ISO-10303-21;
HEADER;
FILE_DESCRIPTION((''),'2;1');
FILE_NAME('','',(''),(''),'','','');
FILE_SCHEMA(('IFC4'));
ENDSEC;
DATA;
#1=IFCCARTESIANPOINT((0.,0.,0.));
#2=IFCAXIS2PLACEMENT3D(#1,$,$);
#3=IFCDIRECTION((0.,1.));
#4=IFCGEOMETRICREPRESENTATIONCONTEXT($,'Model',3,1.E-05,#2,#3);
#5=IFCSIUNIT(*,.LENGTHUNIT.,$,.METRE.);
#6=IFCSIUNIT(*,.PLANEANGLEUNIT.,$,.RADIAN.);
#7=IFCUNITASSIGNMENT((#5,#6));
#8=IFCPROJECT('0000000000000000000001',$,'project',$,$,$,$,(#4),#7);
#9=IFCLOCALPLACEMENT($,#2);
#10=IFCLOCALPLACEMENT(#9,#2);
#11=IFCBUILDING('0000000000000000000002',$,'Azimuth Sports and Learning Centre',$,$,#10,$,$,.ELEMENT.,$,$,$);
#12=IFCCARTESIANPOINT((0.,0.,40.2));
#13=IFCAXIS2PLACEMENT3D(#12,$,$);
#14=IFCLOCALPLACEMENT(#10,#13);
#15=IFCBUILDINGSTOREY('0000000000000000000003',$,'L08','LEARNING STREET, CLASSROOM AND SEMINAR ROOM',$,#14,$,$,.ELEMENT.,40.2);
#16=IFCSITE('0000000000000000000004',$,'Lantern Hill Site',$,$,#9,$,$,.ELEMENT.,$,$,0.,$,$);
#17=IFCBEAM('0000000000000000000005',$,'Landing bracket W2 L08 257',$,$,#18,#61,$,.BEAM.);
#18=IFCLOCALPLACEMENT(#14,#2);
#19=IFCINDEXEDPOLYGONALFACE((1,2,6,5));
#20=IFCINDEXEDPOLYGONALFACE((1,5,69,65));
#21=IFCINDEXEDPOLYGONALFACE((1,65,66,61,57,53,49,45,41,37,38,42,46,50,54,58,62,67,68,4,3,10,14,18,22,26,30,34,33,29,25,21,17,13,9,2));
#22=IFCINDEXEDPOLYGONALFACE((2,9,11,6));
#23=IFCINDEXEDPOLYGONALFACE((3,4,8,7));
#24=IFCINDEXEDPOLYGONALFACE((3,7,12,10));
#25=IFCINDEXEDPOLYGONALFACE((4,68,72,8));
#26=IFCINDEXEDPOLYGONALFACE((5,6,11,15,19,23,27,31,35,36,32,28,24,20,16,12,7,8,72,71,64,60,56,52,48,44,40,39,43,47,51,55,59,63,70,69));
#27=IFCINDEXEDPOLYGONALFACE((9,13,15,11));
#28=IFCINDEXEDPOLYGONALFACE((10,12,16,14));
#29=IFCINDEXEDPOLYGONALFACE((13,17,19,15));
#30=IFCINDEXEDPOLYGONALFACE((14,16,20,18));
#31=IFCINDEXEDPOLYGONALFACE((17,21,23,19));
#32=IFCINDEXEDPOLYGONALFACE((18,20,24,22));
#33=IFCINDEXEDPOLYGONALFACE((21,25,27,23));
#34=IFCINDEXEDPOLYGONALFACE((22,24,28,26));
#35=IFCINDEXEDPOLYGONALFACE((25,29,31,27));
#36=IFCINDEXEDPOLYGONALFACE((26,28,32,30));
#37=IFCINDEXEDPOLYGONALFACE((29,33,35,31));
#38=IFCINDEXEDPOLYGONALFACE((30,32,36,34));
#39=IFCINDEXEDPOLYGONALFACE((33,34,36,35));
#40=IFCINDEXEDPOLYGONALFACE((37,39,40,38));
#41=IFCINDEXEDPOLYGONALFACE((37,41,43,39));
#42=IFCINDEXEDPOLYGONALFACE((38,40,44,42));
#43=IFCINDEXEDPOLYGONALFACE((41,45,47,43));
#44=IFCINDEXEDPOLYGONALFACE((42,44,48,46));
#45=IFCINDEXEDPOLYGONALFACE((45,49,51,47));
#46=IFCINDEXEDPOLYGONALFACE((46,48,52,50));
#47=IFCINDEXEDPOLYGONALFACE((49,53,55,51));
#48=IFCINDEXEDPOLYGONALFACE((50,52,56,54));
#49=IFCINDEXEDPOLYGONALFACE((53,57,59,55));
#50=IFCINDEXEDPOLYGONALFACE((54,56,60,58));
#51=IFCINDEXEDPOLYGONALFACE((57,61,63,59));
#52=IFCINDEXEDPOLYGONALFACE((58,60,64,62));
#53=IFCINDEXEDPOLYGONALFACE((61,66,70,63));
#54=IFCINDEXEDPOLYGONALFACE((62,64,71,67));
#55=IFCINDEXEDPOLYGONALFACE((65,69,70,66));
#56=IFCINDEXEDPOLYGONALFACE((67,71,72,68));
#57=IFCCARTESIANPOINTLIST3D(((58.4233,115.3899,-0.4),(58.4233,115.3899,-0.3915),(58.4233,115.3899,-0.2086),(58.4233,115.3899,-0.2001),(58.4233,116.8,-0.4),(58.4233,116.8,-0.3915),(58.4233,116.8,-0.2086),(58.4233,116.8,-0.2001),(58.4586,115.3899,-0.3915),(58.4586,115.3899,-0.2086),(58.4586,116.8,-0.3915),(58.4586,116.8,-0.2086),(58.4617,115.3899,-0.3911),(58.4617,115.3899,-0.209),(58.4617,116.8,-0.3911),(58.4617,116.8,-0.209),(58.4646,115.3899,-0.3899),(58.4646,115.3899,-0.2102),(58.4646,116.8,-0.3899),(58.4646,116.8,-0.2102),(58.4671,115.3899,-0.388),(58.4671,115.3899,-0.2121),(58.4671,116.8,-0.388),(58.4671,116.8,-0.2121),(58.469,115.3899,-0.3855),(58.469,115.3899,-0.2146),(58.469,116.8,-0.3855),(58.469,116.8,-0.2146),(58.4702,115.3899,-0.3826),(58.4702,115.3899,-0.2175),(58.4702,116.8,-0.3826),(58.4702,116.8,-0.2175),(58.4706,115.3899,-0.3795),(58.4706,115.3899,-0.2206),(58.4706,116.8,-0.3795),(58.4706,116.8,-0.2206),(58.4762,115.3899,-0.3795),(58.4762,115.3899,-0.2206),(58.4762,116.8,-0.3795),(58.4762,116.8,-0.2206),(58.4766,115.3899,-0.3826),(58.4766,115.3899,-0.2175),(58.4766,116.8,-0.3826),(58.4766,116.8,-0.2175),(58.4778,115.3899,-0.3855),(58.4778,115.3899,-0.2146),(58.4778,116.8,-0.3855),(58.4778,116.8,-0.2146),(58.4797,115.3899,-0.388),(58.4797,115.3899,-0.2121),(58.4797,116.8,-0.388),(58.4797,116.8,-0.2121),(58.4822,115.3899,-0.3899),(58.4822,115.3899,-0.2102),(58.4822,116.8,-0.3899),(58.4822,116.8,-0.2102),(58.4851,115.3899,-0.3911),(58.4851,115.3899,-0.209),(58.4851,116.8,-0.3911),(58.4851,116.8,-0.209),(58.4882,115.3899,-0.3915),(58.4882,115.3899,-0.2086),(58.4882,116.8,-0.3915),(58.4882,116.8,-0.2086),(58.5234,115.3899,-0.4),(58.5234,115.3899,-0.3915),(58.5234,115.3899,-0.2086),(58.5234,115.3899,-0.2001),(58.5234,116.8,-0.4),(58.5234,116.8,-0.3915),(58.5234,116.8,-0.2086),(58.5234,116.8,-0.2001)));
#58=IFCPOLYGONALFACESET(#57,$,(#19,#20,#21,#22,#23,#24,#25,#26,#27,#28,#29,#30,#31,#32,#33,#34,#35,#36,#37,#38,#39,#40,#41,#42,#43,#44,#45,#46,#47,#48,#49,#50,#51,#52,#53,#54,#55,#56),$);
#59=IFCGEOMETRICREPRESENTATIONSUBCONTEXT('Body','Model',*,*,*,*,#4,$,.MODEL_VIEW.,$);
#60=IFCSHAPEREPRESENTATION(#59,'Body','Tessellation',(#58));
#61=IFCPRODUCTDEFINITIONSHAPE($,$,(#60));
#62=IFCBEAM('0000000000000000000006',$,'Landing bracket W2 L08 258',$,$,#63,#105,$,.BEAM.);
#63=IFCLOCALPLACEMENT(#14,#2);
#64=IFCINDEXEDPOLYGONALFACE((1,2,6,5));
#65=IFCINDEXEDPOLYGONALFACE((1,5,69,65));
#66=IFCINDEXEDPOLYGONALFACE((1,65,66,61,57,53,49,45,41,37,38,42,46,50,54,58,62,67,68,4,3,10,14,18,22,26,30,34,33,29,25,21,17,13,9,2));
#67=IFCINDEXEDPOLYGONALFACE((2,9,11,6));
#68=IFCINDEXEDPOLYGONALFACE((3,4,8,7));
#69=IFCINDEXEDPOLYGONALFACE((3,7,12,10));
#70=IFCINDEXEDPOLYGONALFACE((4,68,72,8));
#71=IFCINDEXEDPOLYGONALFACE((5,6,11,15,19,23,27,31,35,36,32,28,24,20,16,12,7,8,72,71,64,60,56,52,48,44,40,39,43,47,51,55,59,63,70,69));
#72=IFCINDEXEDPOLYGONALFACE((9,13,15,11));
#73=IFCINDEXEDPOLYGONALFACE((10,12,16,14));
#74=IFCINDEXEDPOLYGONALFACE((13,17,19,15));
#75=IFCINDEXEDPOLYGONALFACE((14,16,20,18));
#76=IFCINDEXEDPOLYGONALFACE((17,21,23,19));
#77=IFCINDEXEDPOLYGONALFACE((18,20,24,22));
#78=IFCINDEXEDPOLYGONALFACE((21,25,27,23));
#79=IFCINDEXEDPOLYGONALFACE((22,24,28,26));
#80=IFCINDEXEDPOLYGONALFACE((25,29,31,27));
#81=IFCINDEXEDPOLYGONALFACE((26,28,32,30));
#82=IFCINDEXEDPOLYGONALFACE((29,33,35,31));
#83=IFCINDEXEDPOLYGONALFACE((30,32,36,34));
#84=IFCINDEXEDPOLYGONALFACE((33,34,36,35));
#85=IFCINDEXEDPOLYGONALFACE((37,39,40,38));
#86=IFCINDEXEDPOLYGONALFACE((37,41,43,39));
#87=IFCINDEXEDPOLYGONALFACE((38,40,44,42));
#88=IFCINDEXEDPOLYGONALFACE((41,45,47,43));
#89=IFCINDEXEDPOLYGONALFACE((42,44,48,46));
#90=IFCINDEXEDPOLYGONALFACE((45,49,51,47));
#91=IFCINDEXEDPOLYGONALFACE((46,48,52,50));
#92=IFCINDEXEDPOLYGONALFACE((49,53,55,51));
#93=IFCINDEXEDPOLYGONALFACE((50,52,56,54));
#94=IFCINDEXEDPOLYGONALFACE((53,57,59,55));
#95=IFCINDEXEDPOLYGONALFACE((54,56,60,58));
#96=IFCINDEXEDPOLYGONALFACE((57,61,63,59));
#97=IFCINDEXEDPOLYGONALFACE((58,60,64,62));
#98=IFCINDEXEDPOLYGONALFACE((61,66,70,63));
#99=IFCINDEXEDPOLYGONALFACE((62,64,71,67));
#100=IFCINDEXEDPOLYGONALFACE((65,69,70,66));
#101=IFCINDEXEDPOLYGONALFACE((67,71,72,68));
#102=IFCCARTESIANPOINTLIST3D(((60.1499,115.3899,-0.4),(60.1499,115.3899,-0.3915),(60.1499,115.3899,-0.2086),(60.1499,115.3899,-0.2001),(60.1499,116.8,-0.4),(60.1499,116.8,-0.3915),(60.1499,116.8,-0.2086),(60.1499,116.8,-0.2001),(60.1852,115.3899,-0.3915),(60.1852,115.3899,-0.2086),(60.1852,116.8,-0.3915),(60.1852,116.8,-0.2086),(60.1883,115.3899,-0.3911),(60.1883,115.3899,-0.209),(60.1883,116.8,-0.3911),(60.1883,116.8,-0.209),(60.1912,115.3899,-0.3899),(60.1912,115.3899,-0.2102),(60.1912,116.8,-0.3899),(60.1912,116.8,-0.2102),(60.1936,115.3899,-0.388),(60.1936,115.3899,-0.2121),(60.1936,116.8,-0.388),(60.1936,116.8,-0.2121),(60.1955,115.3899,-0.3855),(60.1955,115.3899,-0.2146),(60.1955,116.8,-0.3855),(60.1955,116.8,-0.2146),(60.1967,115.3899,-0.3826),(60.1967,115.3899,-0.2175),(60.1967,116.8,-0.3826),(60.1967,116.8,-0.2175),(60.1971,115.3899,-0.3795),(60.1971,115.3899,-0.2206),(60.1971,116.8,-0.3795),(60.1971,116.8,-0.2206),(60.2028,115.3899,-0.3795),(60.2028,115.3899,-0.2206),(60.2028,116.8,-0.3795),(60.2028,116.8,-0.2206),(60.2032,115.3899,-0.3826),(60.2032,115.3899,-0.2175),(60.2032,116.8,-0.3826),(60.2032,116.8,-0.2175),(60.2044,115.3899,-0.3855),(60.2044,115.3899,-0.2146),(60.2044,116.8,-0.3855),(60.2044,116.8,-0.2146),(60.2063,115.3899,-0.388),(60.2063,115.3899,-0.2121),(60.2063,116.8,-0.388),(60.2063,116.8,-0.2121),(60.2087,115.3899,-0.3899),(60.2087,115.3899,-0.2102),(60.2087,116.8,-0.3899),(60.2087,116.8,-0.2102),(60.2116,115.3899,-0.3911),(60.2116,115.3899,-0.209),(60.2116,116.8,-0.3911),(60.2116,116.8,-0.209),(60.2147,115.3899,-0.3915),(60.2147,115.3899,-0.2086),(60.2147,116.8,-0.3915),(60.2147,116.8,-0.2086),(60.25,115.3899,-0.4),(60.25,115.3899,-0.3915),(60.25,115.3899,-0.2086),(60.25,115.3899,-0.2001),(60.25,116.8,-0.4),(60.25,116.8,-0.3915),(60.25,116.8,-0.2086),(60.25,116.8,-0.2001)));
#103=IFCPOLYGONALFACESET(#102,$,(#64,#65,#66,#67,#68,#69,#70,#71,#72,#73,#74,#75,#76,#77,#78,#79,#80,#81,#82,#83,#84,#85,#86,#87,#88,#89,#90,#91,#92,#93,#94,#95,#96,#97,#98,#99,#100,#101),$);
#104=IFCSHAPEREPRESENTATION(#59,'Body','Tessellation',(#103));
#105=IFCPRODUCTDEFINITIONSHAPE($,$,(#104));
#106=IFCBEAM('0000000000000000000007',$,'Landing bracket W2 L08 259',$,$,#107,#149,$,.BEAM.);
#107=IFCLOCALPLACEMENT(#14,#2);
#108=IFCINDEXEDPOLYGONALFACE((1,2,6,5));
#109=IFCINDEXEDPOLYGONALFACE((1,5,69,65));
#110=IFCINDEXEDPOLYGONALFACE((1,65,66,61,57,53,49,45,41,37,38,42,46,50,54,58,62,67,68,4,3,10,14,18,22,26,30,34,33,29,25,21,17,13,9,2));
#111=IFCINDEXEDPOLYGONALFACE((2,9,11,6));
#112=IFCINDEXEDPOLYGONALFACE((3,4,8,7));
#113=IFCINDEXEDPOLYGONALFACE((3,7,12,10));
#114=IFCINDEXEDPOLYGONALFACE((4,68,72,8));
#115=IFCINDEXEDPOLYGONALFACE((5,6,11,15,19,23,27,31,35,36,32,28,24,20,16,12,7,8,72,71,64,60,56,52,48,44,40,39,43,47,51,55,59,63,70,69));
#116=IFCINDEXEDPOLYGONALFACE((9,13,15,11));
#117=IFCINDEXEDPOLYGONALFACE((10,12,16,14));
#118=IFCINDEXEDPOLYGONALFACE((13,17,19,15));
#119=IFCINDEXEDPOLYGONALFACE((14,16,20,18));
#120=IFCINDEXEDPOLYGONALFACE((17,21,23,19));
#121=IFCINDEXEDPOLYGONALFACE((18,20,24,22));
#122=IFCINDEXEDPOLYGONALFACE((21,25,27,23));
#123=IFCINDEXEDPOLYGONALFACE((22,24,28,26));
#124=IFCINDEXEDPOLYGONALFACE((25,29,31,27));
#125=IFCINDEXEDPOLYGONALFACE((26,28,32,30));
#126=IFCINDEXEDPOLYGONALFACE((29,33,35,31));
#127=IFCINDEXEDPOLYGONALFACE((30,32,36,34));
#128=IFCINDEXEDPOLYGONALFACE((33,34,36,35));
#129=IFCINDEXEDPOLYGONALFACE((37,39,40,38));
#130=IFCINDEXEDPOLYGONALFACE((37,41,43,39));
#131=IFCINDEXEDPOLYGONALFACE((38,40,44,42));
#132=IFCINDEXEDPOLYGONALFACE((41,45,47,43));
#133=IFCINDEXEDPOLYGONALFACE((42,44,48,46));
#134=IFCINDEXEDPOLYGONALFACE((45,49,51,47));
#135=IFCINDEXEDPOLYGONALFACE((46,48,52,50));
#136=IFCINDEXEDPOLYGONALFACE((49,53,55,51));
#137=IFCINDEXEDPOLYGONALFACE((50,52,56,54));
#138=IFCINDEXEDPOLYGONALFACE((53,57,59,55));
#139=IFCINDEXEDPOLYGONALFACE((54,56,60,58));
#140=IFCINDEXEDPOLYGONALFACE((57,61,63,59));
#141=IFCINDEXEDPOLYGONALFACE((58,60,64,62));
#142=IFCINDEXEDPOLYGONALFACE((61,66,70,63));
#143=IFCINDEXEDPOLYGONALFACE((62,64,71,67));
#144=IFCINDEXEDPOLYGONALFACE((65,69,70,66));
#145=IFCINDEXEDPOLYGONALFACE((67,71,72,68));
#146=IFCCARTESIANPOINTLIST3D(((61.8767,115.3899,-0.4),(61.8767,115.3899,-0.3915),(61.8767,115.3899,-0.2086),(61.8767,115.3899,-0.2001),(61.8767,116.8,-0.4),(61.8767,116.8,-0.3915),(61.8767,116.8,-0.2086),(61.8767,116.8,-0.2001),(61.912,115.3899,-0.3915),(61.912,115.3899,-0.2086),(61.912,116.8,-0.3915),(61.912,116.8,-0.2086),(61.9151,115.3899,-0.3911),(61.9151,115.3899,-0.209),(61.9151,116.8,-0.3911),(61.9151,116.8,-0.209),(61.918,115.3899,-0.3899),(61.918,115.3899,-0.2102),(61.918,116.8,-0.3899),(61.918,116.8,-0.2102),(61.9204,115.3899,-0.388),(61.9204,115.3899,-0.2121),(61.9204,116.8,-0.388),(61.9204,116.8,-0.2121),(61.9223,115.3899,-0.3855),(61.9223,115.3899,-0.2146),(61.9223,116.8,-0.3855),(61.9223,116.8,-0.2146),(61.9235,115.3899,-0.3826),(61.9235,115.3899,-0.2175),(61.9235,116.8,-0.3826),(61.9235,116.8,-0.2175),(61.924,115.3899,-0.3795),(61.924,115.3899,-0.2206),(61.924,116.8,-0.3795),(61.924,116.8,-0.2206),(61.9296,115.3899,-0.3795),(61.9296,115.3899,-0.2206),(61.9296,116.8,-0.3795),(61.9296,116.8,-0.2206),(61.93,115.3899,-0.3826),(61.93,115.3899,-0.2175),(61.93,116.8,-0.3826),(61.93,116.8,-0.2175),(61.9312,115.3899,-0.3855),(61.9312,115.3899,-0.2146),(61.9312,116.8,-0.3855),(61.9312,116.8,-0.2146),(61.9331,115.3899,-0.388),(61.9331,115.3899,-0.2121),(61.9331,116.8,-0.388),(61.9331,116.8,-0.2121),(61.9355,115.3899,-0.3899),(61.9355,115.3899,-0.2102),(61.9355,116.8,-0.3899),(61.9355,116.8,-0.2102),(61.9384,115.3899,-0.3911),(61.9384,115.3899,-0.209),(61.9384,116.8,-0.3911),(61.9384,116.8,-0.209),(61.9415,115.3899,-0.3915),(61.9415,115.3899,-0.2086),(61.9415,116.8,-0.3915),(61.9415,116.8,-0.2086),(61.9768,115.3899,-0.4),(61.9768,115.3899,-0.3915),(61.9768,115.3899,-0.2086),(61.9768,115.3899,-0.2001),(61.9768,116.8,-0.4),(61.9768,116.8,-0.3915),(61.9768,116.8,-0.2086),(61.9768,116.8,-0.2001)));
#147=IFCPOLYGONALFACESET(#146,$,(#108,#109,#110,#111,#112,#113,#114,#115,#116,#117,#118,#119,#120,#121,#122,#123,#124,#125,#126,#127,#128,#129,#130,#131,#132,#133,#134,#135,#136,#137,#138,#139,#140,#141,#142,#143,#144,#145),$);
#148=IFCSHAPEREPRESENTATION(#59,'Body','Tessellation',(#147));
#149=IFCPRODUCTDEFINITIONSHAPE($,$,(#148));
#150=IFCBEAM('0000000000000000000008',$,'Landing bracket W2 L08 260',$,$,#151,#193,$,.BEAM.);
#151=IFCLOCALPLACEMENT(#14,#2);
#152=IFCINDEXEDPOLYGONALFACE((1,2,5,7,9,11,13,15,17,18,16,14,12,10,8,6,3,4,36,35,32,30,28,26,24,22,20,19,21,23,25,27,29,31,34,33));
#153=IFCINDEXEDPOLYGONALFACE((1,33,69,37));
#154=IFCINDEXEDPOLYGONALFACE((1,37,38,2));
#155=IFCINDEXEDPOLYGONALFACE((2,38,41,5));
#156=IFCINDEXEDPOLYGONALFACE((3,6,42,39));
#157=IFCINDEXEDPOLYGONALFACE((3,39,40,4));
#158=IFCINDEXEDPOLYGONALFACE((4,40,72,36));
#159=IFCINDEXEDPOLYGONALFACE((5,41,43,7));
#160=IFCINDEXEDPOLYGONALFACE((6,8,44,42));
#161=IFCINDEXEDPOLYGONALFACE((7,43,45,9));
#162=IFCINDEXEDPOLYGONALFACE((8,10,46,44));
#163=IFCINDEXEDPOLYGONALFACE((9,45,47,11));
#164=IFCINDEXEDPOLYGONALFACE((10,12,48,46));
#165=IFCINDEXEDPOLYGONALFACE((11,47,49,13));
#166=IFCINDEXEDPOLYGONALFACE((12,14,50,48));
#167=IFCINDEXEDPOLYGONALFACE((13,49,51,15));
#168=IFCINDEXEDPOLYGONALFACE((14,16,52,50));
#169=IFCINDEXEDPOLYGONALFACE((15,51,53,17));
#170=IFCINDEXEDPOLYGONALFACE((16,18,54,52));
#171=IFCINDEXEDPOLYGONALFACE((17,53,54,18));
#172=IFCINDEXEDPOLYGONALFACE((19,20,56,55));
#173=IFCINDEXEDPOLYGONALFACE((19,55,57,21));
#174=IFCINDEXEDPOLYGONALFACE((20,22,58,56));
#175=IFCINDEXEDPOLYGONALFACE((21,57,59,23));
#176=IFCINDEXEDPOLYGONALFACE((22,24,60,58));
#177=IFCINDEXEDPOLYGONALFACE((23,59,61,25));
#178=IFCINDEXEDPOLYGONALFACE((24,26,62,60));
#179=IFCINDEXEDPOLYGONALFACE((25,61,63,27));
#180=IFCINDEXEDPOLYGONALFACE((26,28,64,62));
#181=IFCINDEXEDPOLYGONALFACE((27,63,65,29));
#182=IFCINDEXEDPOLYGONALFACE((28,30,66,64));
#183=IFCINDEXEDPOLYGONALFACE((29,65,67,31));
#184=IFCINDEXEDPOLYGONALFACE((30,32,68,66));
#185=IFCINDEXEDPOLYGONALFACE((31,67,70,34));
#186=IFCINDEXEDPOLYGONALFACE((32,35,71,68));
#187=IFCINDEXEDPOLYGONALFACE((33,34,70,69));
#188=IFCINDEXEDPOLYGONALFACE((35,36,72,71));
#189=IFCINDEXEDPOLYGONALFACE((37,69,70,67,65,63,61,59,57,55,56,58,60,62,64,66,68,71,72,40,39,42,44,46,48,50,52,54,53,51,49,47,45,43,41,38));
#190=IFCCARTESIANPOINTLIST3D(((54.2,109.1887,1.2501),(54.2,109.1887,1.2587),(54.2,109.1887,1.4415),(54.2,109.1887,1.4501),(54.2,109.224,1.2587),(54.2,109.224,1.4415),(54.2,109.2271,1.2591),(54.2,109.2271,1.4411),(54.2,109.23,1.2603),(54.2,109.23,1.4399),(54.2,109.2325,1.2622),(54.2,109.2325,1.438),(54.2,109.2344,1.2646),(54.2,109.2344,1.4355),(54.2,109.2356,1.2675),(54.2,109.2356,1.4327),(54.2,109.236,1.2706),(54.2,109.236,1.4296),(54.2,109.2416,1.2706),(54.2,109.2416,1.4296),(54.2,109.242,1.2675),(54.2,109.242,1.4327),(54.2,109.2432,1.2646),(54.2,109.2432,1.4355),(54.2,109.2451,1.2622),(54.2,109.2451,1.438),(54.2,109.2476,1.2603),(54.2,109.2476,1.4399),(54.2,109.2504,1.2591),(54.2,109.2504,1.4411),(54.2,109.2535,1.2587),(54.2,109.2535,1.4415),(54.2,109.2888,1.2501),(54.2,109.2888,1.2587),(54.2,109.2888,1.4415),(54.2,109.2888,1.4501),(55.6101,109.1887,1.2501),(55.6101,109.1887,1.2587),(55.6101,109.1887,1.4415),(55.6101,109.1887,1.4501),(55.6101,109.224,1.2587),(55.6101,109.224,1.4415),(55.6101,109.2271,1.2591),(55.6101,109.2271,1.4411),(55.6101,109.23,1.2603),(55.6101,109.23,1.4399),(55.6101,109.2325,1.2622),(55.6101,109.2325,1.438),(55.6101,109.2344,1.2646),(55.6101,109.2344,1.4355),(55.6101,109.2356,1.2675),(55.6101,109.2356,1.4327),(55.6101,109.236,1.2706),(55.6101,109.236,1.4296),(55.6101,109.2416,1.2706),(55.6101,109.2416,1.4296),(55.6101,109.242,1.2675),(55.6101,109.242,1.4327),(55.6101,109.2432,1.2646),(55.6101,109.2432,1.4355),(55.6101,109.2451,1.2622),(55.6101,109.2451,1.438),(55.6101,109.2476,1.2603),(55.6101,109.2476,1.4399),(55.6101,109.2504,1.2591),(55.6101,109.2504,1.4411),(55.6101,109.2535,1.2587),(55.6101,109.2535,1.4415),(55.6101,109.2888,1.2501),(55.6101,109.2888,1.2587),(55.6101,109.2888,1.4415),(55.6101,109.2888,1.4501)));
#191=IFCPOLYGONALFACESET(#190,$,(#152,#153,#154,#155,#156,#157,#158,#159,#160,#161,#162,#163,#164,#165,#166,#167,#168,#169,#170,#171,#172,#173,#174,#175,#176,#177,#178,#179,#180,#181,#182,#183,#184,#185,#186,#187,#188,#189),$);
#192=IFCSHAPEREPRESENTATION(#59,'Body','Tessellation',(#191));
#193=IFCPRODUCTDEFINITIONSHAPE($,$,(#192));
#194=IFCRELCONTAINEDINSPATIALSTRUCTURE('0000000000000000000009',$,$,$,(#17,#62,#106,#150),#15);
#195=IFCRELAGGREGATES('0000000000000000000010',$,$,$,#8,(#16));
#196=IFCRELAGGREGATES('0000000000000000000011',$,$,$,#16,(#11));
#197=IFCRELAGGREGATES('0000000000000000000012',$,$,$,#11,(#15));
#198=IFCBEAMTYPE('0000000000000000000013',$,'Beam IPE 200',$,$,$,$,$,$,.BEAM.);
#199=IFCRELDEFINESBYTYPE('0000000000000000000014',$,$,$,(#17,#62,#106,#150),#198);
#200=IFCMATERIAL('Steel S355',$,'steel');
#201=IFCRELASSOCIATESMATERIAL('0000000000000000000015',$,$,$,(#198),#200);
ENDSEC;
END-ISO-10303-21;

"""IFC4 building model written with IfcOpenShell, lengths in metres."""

from ifc_helpers import new_model, si_unit, direction, frame, origin, origin_2d, place, context, subcontext, project, spatial, i_section, extrude, material, material_profile, profile_set, type_object, element, save


model = new_model("IFC4")

# Units and contexts
model_context = context("Model", 3, precision=1e-05, world=origin(), true_north=direction((0.0, 1.0)))
body_context = subcontext(model_context, "Body", "Model", "MODEL_VIEW")
ifc_project = project(units=[si_unit("LENGTHUNIT", "METRE"), si_unit("PLANEANGLEUNIT", "RADIAN")], contexts=[model_context])

# Site, building, storey
site_placement = place(None, origin())
site = spatial("IfcSite", under=ifc_project, at=site_placement, Name="Lantern Hill Site", CompositionType="ELEMENT", RefElevation=0.0)
building_placement = place(site_placement, origin())
building = spatial("IfcBuilding", under=site, at=building_placement, Name="Azimuth Sports and Learning Centre", CompositionType="ELEMENT")
storey_placement = place(building_placement, frame((0.0, 0.0, 40.2)))
storey = spatial("IfcBuildingStorey", under=building, at=storey_placement, Name="L08", Description="LEARNING STREET, CLASSROOM AND SEMINAR ROOM", CompositionType="ELEMENT", Elevation=40.2)

# Beams
ifc_material_1 = material(Name="Steel S355", Category="steel")
ifc_material_profile_1 = material_profile(ifc_material_1, i_section(OverallWidth=0.1001, OverallDepth=0.2, WebThickness=0.0056, FlangeThickness=0.0085, FilletRadius=0.012, at=origin_2d()), Name="IPE 200")
ifc_profile_set_1 = profile_set([ifc_material_profile_1], Name="Steel S355")
beam_type_1 = type_object("IfcBeamType", Name="Beam IPE 200", PredefinedType="BEAM", material=ifc_profile_set_1)
for number, where, z_axis, x_axis, name in (
    (1, (58.4734, 116.8, -0.3), (0.0, -1.0, 0.0), (1.0, 0.0, 0.0), "Landing bracket W2 L08 257"),
    (2, (60.2, 116.8, -0.3), (0.0, -1.0, 0.0), (1.0, 0.0, 0.0), "Landing bracket W2 L08 258"),
    (3, (61.9268, 116.8, -0.3), (0.0, -1.0, 0.0), (1.0, 0.0, 0.0), "Landing bracket W2 L08 259"),
    (4, (54.2, 109.2388, 1.3501), (1.0, 0.0, 0.0), (0.0, 1.0, 0.0), "Landing bracket W2 L08 260"),
):
    element("IfcBeam", number, at=place(storey_placement, frame(where, z_axis=z_axis, x_axis=x_axis)), inside=storey, type_object=beam_type_1, Name=name, PredefinedType="BEAM", context=body_context, shape_type="SweptSolid", body=[
        extrude(i_section(OverallWidth=0.1001, OverallDepth=0.2, WebThickness=0.0056, FlangeThickness=0.0085, FilletRadius=0.012, at=origin_2d()), origin(), (0.0, 0.0, 1.0), 1.4102),
    ])

save(model, "model.ifc")
